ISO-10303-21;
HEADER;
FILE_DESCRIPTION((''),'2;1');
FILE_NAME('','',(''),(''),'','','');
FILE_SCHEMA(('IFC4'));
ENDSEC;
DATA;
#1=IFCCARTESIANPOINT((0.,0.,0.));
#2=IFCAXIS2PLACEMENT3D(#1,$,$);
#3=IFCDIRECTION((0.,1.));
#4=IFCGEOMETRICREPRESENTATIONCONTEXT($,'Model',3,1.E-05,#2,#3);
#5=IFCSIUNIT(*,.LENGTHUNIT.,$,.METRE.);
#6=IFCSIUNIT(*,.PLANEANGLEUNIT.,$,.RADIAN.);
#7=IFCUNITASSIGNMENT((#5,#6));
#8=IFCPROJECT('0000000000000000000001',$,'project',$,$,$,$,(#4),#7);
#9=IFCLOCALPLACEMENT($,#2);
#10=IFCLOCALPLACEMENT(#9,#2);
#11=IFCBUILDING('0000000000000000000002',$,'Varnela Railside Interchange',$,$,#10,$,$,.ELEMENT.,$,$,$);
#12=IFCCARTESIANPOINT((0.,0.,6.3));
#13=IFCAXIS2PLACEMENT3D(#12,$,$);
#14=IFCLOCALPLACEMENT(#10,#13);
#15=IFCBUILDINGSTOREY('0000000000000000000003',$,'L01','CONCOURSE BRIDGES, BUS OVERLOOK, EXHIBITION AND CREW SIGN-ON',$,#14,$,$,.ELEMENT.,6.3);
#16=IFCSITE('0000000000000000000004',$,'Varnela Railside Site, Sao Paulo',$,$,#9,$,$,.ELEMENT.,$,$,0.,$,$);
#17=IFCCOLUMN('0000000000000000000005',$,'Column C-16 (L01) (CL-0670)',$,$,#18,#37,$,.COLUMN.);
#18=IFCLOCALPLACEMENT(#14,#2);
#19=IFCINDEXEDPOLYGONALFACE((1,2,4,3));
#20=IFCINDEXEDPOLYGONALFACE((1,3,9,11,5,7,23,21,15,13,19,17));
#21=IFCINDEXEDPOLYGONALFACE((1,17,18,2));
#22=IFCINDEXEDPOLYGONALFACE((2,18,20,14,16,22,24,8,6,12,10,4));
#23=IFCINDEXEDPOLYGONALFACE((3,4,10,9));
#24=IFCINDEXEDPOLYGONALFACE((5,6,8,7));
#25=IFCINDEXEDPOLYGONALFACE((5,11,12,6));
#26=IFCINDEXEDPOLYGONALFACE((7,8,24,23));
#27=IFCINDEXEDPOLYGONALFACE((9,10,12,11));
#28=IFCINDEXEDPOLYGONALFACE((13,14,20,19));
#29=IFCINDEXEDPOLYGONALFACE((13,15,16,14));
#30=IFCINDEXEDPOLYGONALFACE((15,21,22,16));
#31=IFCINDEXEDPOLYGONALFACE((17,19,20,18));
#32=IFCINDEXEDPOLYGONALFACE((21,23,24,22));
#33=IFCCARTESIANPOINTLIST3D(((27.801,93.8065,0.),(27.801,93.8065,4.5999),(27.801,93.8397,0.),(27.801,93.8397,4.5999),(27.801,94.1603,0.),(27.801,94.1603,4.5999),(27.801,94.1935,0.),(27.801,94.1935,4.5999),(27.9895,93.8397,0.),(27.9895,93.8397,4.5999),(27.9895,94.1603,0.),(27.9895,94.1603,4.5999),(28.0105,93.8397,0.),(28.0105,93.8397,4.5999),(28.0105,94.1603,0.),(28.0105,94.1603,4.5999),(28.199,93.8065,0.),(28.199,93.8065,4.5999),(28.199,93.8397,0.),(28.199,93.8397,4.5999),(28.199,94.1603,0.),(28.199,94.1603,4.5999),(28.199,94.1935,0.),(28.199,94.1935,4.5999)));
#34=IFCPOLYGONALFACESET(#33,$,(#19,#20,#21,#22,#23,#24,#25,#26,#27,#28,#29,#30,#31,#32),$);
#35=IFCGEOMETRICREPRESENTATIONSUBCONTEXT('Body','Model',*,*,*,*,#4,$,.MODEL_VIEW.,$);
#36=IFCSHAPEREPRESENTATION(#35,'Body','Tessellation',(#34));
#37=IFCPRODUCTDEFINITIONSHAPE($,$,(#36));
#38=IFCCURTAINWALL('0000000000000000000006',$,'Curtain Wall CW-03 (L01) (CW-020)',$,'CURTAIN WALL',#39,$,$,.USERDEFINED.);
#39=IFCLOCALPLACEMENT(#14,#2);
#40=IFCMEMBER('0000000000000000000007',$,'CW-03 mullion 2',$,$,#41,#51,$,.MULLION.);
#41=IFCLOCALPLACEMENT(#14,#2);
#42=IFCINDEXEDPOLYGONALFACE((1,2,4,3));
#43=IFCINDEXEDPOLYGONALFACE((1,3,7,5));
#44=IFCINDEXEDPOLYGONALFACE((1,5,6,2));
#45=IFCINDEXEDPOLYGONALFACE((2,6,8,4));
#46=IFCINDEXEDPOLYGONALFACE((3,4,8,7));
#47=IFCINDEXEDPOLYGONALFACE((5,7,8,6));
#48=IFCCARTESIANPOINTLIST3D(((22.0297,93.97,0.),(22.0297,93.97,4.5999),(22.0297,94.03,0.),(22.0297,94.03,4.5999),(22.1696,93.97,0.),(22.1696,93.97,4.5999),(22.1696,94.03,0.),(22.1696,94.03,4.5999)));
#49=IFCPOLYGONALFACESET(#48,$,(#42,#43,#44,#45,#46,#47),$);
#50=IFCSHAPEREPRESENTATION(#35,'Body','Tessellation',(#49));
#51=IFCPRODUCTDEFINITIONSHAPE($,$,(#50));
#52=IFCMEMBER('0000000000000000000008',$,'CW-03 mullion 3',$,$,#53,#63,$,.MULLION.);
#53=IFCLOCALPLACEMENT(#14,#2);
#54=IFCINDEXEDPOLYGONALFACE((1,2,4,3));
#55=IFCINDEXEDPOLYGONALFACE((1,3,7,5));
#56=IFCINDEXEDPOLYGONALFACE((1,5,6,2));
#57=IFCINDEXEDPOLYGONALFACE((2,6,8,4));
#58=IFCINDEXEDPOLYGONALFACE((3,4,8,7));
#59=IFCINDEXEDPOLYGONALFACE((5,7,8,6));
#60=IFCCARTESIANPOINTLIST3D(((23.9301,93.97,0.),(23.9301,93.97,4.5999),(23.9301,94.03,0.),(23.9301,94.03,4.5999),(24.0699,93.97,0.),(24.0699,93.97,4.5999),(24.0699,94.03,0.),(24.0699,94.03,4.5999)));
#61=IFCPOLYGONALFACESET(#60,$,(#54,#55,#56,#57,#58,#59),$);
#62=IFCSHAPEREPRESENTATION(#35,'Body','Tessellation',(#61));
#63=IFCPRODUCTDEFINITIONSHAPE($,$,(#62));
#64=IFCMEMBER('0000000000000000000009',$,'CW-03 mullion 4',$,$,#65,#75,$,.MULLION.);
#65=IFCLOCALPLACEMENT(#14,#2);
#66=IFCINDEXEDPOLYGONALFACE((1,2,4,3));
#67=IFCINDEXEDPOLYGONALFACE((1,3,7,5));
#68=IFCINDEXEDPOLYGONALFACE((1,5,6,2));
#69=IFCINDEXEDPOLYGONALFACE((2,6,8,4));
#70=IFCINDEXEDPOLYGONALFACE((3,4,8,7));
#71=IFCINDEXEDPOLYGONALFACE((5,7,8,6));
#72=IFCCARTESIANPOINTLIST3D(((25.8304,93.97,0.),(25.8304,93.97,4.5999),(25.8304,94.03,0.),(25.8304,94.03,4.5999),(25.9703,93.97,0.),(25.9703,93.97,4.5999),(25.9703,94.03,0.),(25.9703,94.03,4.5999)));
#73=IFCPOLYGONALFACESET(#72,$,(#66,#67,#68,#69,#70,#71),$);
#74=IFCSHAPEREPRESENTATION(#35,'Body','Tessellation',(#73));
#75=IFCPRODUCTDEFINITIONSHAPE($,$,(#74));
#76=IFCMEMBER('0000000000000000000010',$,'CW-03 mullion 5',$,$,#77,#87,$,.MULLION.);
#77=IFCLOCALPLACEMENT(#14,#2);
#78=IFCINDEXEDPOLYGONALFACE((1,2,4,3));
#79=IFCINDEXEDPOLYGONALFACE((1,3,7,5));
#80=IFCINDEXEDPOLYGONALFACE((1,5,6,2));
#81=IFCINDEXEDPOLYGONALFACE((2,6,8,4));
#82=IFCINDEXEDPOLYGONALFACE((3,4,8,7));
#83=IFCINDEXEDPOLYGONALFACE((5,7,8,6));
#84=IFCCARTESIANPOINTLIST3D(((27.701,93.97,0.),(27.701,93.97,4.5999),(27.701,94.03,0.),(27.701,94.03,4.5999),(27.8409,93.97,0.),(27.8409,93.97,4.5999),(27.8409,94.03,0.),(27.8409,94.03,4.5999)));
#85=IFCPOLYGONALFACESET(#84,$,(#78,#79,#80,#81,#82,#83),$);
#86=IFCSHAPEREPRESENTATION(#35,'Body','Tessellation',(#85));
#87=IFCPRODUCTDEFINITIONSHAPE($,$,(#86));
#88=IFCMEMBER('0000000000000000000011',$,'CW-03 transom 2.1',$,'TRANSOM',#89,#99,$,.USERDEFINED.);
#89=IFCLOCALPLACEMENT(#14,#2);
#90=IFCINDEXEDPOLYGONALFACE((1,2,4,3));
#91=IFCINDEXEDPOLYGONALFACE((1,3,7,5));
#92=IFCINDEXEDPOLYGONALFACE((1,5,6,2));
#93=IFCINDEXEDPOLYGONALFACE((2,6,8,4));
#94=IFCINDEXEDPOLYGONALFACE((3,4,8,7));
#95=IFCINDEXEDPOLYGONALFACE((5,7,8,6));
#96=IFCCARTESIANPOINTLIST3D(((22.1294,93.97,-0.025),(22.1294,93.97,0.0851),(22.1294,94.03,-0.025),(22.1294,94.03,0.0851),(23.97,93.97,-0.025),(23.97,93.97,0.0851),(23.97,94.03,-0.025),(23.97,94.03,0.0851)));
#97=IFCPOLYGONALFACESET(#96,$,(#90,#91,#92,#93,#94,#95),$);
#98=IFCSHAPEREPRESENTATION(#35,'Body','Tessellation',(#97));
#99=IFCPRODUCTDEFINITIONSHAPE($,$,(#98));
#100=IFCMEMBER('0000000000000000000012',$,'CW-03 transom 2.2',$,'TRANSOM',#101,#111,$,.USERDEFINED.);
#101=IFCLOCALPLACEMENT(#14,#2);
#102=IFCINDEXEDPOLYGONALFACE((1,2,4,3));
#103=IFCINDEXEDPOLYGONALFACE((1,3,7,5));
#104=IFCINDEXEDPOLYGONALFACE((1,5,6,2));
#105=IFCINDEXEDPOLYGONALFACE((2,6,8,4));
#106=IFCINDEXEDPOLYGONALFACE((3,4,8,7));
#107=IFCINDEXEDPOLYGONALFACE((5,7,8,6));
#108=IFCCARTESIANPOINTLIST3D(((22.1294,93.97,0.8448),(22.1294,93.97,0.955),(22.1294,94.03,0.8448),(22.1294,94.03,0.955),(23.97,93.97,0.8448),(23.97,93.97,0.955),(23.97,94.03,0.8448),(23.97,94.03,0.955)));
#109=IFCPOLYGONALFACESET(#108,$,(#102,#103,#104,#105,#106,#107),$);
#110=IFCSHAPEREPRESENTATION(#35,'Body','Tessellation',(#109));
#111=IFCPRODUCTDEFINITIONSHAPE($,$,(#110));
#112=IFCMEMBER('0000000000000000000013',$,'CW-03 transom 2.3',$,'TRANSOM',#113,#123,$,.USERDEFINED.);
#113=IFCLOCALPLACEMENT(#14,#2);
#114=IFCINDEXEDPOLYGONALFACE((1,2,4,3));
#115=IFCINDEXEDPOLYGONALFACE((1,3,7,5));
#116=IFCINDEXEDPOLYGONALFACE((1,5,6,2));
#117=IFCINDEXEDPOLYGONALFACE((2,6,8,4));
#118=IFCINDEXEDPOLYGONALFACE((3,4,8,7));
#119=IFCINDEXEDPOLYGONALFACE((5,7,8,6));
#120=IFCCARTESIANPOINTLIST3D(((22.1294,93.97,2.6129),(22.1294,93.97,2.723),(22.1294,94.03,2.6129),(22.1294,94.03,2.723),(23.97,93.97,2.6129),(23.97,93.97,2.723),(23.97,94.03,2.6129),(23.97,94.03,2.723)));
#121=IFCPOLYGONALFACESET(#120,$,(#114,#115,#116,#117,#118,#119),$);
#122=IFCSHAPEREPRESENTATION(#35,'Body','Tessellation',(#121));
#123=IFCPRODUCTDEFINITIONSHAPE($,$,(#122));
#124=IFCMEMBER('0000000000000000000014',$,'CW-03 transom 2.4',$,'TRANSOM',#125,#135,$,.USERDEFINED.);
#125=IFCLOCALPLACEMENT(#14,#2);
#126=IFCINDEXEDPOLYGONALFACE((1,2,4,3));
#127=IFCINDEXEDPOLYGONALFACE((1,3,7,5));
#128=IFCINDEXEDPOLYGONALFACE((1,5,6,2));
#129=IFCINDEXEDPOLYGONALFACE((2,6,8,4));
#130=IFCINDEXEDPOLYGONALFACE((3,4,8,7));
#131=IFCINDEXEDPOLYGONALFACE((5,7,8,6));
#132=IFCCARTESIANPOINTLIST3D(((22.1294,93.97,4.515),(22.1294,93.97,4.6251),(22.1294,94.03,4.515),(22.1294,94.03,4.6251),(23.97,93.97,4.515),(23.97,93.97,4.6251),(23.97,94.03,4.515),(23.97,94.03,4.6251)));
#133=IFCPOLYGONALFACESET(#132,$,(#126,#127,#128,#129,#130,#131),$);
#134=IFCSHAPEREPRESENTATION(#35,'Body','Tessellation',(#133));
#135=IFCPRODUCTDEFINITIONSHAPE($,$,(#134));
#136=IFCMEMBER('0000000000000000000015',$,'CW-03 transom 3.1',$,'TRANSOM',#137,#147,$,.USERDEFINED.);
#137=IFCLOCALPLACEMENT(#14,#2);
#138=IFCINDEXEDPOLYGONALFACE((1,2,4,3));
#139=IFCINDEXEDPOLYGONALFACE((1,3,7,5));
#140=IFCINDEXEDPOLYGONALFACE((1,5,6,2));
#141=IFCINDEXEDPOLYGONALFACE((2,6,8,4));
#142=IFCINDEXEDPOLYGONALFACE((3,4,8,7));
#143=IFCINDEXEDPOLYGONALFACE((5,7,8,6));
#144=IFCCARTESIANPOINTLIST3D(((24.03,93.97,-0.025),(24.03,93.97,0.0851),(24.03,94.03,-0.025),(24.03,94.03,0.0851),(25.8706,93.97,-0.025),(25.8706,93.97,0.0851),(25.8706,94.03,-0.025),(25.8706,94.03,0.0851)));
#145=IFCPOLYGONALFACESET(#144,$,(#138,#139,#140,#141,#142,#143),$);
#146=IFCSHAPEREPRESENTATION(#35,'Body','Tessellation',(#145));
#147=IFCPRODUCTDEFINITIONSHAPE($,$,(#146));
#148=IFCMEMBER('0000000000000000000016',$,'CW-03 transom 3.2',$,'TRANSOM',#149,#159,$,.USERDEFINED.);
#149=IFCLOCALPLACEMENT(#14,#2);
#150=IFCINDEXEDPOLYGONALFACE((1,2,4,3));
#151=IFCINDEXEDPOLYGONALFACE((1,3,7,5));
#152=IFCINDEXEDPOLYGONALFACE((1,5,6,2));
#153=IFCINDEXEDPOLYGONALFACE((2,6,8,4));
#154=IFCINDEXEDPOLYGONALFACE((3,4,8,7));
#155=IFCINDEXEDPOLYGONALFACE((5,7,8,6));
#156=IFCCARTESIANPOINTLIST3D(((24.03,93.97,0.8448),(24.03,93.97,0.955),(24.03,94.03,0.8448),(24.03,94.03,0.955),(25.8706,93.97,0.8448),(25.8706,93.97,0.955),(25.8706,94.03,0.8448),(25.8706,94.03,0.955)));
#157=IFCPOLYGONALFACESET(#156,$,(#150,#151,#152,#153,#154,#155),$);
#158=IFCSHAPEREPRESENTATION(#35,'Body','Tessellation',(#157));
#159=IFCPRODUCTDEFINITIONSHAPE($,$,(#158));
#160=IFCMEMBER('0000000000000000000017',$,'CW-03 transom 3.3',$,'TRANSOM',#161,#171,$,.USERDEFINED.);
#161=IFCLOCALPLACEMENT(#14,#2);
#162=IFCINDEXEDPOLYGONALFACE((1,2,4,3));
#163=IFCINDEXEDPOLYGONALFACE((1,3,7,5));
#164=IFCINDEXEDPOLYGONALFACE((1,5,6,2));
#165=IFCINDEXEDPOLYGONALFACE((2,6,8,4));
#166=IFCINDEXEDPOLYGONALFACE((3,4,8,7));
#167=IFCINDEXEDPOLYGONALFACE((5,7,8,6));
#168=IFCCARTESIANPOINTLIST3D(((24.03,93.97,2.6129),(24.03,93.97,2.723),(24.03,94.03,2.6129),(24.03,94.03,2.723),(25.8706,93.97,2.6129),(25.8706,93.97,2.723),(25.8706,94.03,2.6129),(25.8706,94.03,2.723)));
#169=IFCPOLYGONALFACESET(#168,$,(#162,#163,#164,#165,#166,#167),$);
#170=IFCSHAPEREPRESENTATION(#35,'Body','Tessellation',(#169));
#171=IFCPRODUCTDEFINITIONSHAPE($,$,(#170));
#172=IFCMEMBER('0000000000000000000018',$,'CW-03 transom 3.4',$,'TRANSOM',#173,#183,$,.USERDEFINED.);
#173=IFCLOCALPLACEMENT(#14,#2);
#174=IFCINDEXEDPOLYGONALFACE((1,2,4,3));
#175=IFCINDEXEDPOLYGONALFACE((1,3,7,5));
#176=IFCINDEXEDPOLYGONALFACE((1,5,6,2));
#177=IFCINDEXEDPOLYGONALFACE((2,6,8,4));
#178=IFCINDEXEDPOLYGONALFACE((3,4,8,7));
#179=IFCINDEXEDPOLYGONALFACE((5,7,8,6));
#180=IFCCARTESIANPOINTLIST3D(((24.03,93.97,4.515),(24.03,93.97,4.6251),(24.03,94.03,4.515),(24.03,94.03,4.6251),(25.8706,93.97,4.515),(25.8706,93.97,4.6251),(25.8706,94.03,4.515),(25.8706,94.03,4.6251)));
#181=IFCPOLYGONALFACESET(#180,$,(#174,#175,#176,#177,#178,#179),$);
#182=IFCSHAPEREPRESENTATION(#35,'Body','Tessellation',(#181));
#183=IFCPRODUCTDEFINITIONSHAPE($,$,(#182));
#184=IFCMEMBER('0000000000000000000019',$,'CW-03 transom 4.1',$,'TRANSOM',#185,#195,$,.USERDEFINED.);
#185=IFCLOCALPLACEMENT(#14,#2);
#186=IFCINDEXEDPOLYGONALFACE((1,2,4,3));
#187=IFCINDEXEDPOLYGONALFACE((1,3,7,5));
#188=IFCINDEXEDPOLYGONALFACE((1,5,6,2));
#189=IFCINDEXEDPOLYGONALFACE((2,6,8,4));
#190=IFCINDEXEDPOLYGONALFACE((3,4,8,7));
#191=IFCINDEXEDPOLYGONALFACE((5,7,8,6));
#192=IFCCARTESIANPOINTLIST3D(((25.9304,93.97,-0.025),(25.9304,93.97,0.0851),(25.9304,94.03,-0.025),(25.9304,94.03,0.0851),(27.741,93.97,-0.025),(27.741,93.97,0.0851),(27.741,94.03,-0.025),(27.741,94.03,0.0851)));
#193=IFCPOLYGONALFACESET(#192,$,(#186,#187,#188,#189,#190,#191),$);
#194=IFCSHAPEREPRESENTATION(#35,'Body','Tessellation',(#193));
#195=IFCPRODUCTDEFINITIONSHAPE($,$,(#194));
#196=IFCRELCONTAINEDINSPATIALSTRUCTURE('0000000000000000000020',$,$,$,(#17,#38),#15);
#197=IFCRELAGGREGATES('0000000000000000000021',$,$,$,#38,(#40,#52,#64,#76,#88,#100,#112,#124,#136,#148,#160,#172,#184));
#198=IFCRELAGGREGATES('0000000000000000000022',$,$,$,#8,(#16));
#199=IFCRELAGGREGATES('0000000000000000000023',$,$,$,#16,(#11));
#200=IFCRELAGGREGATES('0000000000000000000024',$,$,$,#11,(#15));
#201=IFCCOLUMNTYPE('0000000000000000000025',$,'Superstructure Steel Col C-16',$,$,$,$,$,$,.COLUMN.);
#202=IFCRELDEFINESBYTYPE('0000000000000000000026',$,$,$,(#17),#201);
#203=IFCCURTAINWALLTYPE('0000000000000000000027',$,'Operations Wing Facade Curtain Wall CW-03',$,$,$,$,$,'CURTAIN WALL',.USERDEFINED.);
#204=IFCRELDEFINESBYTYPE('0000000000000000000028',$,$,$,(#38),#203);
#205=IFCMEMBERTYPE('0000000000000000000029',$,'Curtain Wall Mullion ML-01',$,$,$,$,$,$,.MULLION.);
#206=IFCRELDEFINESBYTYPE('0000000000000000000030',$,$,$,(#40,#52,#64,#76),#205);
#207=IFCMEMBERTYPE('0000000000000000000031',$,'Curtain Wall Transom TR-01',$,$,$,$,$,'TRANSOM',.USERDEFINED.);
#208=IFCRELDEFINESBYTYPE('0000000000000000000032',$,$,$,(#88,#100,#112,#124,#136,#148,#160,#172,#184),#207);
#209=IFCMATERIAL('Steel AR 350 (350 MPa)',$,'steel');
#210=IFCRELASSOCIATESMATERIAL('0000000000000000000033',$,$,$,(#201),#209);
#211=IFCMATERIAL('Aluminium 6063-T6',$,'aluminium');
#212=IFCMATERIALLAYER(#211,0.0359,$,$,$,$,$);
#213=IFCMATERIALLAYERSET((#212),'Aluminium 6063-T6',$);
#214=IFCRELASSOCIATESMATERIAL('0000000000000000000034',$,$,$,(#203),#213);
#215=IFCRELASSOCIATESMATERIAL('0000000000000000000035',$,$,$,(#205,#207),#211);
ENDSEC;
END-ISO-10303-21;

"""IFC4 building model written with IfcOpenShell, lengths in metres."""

from ifc_helpers import new_model, si_unit, direction, frame, origin, origin_2d, place, context, subcontext, project, spatial, rectangle, i_section, extrude, material, layer, layer_set, material_profile, profile_set, type_object, element, aggregate, save


model = new_model("IFC4")

# Units and contexts
model_context = context("Model", 3, precision=1e-05, world=origin(), true_north=direction((0.0, 1.0)))
body_context = subcontext(model_context, "Body", "Model", "MODEL_VIEW")
ifc_project = project(units=[si_unit("LENGTHUNIT", "METRE"), si_unit("PLANEANGLEUNIT", "RADIAN")], contexts=[model_context])

# Site, building, storey
site_placement = place(None, origin())
site = spatial("IfcSite", under=ifc_project, at=site_placement, Name="Varnela Railside Site, Sao Paulo", CompositionType="ELEMENT", RefElevation=0.0)
building_placement = place(site_placement, origin())
building = spatial("IfcBuilding", under=site, at=building_placement, Name="Varnela Railside Interchange", CompositionType="ELEMENT")
storey_placement = place(building_placement, frame((0.0, 0.0, 6.3)))
storey = spatial("IfcBuildingStorey", under=building, at=storey_placement, Name="L01", Description="CONCOURSE BRIDGES, BUS OVERLOOK, EXHIBITION AND CREW SIGN-ON", CompositionType="ELEMENT", Elevation=6.3)

# Column
ifc_material_1 = material(Name="Steel AR 350 (350 MPa)", Category="steel")
ifc_material_profile_1 = material_profile(ifc_material_1, i_section(OverallWidth=0.3979, OverallDepth=0.387, WebThickness=0.021, FlangeThickness=0.0332, at=origin_2d()), Name="W360x262")
ifc_profile_set_1 = profile_set([ifc_material_profile_1], Name="Steel AR 350 (350 MPa)")
column_type = type_object("IfcColumnType", Name="Superstructure Steel Col C-16", PredefinedType="COLUMN", material=ifc_profile_set_1)
column_placement = place(storey_placement, frame((28.0, 94.0, 0.0), z_axis=(0.0, 0.0, 1.0), x_axis=(1.0, 0.0, 0.0)))
element("IfcColumn", 1, at=column_placement, inside=storey, type_object=column_type, Name="Column C-16 (L01) (CL-0670)", PredefinedType="COLUMN", context=body_context, shape_type="SweptSolid", body=[
    extrude(i_section(OverallWidth=0.3979, OverallDepth=0.387, WebThickness=0.021, FlangeThickness=0.0332, at=origin_2d()), origin(), (0.0, 0.0, 1.0), 4.5999),
])

# Curtain wall, members
ifc_material_2 = material(Name="Aluminium 6063-T6", Category="aluminium")
ifc_layer_1 = layer(ifc_material_2, 0.0359)
ifc_layer_set_1 = layer_set([ifc_layer_1], Name="Aluminium 6063-T6")
curtain_wall_type = type_object("IfcCurtainWallType", Name="Operations Wing Facade Curtain Wall CW-03", ElementType="CURTAIN WALL", PredefinedType="USERDEFINED", material=ifc_layer_set_1)
curtain_wall_placement = place(storey_placement, origin())
curtain_wall = element("IfcCurtainWall", 2, at=curtain_wall_placement, inside=storey, type_object=curtain_wall_type, Name="Curtain Wall CW-03 (L01) (CW-020)", ObjectType="CURTAIN WALL", PredefinedType="USERDEFINED")
ifc_material_profile_2 = material_profile(ifc_material_2, rectangle(XDim=0.0601, YDim=0.1399, at=origin_2d()), Name="ALU 60x140")
ifc_profile_set_2 = profile_set([ifc_material_profile_2], Name="Aluminium 6063-T6")
member_type_1 = type_object("IfcMemberType", Name="Curtain Wall Mullion ML-01", PredefinedType="MULLION", material=ifc_profile_set_2)
member_1_placement = place(storey_placement, frame((22.0996, 94.0, 0.0), z_axis=(0.0, 0.0, 1.0), x_axis=(0.0, 1.0, 0.0)))
member_1 = element("IfcMember", 3, at=member_1_placement, type_object=member_type_1, Name="CW-03 mullion 2", PredefinedType="MULLION", context=body_context, shape_type="SweptSolid", body=[
    extrude(rectangle(XDim=0.0601, YDim=0.1399, at=origin_2d()), origin(), (0.0, 0.0, 1.0), 4.5999),
])
member_2_placement = place(storey_placement, frame((24.0, 94.0, 0.0), z_axis=(0.0, 0.0, 1.0), x_axis=(0.0, 1.0, 0.0)))
member_2 = element("IfcMember", 4, at=member_2_placement, type_object=member_type_1, Name="CW-03 mullion 3", PredefinedType="MULLION", context=body_context, shape_type="SweptSolid", body=[
    extrude(rectangle(XDim=0.0601, YDim=0.1399, at=origin_2d()), origin(), (0.0, 0.0, 1.0), 4.5999),
])
member_3_placement = place(storey_placement, frame((25.9004, 94.0, 0.0), z_axis=(0.0, 0.0, 1.0), x_axis=(0.0, 1.0, 0.0)))
member_3 = element("IfcMember", 5, at=member_3_placement, type_object=member_type_1, Name="CW-03 mullion 4", PredefinedType="MULLION", context=body_context, shape_type="SweptSolid", body=[
    extrude(rectangle(XDim=0.0601, YDim=0.1399, at=origin_2d()), origin(), (0.0, 0.0, 1.0), 4.5999),
])
member_4_placement = place(storey_placement, frame((27.771, 94.0, 0.0), z_axis=(0.0, 0.0, 1.0), x_axis=(0.0, 1.0, 0.0)))
member_4 = element("IfcMember", 6, at=member_4_placement, type_object=member_type_1, Name="CW-03 mullion 5", PredefinedType="MULLION", context=body_context, shape_type="SweptSolid", body=[
    extrude(rectangle(XDim=0.0601, YDim=0.1399, at=origin_2d()), origin(), (0.0, 0.0, 1.0), 4.5999),
])
ifc_material_profile_3 = material_profile(ifc_material_2, rectangle(XDim=0.0601, YDim=0.1101, at=origin_2d()), Name="ALU 60x110")
ifc_profile_set_3 = profile_set([ifc_material_profile_3], Name="Aluminium 6063-T6")
member_type_2 = type_object("IfcMemberType", Name="Curtain Wall Transom TR-01", ElementType="TRANSOM", PredefinedType="USERDEFINED", material=ifc_profile_set_3)
member_5_placement = place(storey_placement, frame((22.1294, 94.0, 0.03), z_axis=(1.0, 0.0, 0.0), x_axis=(0.0, 1.0, 0.0)))
member_5 = element("IfcMember", 7, at=member_5_placement, type_object=member_type_2, Name="CW-03 transom 2.1", ObjectType="TRANSOM", PredefinedType="USERDEFINED", context=body_context, shape_type="SweptSolid", body=[
    extrude(rectangle(XDim=0.0601, YDim=0.1101, at=origin_2d()), origin(), (0.0, 0.0, 1.0), 1.8406),
])
member_6_placement = place(storey_placement, frame((22.1294, 94.0, 0.8999), z_axis=(1.0, 0.0, 0.0), x_axis=(0.0, 1.0, 0.0)))
member_6 = element("IfcMember", 8, at=member_6_placement, type_object=member_type_2, Name="CW-03 transom 2.2", ObjectType="TRANSOM", PredefinedType="USERDEFINED", context=body_context, shape_type="SweptSolid", body=[
    extrude(rectangle(XDim=0.0601, YDim=0.1101, at=origin_2d()), origin(), (0.0, 0.0, 1.0), 1.8406),
])
member_7_placement = place(storey_placement, frame((22.1294, 94.0, 2.668), z_axis=(1.0, 0.0, 0.0), x_axis=(0.0, 1.0, 0.0)))
member_7 = element("IfcMember", 9, at=member_7_placement, type_object=member_type_2, Name="CW-03 transom 2.3", ObjectType="TRANSOM", PredefinedType="USERDEFINED", context=body_context, shape_type="SweptSolid", body=[
    extrude(rectangle(XDim=0.0601, YDim=0.1101, at=origin_2d()), origin(), (0.0, 0.0, 1.0), 1.8406),
])
member_8_placement = place(storey_placement, frame((22.1294, 94.0, 4.5701), z_axis=(1.0, 0.0, 0.0), x_axis=(0.0, 1.0, 0.0)))
member_8 = element("IfcMember", 10, at=member_8_placement, type_object=member_type_2, Name="CW-03 transom 2.4", ObjectType="TRANSOM", PredefinedType="USERDEFINED", context=body_context, shape_type="SweptSolid", body=[
    extrude(rectangle(XDim=0.0601, YDim=0.1101, at=origin_2d()), origin(), (0.0, 0.0, 1.0), 1.8406),
])
member_9_placement = place(storey_placement, frame((24.03, 94.0, 0.03), z_axis=(1.0, 0.0, 0.0), x_axis=(0.0, 1.0, 0.0)))
member_9 = element("IfcMember", 11, at=member_9_placement, type_object=member_type_2, Name="CW-03 transom 3.1", ObjectType="TRANSOM", PredefinedType="USERDEFINED", context=body_context, shape_type="SweptSolid", body=[
    extrude(rectangle(XDim=0.0601, YDim=0.1101, at=origin_2d()), origin(), (0.0, 0.0, 1.0), 1.8406),
])
member_10_placement = place(storey_placement, frame((24.03, 94.0, 0.8999), z_axis=(1.0, 0.0, 0.0), x_axis=(0.0, 1.0, 0.0)))
member_10 = element("IfcMember", 12, at=member_10_placement, type_object=member_type_2, Name="CW-03 transom 3.2", ObjectType="TRANSOM", PredefinedType="USERDEFINED", context=body_context, shape_type="SweptSolid", body=[
    extrude(rectangle(XDim=0.0601, YDim=0.1101, at=origin_2d()), origin(), (0.0, 0.0, 1.0), 1.8406),
])
member_11_placement = place(storey_placement, frame((24.03, 94.0, 2.668), z_axis=(1.0, 0.0, 0.0), x_axis=(0.0, 1.0, 0.0)))
member_11 = element("IfcMember", 13, at=member_11_placement, type_object=member_type_2, Name="CW-03 transom 3.3", ObjectType="TRANSOM", PredefinedType="USERDEFINED", context=body_context, shape_type="SweptSolid", body=[
    extrude(rectangle(XDim=0.0601, YDim=0.1101, at=origin_2d()), origin(), (0.0, 0.0, 1.0), 1.8406),
])
member_12_placement = place(storey_placement, frame((24.03, 94.0, 4.5701), z_axis=(1.0, 0.0, 0.0), x_axis=(0.0, 1.0, 0.0)))
member_12 = element("IfcMember", 14, at=member_12_placement, type_object=member_type_2, Name="CW-03 transom 3.4", ObjectType="TRANSOM", PredefinedType="USERDEFINED", context=body_context, shape_type="SweptSolid", body=[
    extrude(rectangle(XDim=0.0601, YDim=0.1101, at=origin_2d()), origin(), (0.0, 0.0, 1.0), 1.8406),
])
member_13_placement = place(storey_placement, frame((25.9304, 94.0, 0.03), z_axis=(1.0, 0.0, 0.0), x_axis=(0.0, 1.0, 0.0)))
member_13 = element("IfcMember", 15, at=member_13_placement, type_object=member_type_2, Name="CW-03 transom 4.1", ObjectType="TRANSOM", PredefinedType="USERDEFINED", context=body_context, shape_type="SweptSolid", body=[
    extrude(rectangle(XDim=0.0601, YDim=0.1101, at=origin_2d()), origin(), (0.0, 0.0, 1.0), 1.8105),
])

aggregate(curtain_wall, [member_1, member_2, member_3, member_4, member_5, member_6, member_7, member_8, member_9, member_10, member_11, member_12, member_13])

save(model, "model.ifc")
